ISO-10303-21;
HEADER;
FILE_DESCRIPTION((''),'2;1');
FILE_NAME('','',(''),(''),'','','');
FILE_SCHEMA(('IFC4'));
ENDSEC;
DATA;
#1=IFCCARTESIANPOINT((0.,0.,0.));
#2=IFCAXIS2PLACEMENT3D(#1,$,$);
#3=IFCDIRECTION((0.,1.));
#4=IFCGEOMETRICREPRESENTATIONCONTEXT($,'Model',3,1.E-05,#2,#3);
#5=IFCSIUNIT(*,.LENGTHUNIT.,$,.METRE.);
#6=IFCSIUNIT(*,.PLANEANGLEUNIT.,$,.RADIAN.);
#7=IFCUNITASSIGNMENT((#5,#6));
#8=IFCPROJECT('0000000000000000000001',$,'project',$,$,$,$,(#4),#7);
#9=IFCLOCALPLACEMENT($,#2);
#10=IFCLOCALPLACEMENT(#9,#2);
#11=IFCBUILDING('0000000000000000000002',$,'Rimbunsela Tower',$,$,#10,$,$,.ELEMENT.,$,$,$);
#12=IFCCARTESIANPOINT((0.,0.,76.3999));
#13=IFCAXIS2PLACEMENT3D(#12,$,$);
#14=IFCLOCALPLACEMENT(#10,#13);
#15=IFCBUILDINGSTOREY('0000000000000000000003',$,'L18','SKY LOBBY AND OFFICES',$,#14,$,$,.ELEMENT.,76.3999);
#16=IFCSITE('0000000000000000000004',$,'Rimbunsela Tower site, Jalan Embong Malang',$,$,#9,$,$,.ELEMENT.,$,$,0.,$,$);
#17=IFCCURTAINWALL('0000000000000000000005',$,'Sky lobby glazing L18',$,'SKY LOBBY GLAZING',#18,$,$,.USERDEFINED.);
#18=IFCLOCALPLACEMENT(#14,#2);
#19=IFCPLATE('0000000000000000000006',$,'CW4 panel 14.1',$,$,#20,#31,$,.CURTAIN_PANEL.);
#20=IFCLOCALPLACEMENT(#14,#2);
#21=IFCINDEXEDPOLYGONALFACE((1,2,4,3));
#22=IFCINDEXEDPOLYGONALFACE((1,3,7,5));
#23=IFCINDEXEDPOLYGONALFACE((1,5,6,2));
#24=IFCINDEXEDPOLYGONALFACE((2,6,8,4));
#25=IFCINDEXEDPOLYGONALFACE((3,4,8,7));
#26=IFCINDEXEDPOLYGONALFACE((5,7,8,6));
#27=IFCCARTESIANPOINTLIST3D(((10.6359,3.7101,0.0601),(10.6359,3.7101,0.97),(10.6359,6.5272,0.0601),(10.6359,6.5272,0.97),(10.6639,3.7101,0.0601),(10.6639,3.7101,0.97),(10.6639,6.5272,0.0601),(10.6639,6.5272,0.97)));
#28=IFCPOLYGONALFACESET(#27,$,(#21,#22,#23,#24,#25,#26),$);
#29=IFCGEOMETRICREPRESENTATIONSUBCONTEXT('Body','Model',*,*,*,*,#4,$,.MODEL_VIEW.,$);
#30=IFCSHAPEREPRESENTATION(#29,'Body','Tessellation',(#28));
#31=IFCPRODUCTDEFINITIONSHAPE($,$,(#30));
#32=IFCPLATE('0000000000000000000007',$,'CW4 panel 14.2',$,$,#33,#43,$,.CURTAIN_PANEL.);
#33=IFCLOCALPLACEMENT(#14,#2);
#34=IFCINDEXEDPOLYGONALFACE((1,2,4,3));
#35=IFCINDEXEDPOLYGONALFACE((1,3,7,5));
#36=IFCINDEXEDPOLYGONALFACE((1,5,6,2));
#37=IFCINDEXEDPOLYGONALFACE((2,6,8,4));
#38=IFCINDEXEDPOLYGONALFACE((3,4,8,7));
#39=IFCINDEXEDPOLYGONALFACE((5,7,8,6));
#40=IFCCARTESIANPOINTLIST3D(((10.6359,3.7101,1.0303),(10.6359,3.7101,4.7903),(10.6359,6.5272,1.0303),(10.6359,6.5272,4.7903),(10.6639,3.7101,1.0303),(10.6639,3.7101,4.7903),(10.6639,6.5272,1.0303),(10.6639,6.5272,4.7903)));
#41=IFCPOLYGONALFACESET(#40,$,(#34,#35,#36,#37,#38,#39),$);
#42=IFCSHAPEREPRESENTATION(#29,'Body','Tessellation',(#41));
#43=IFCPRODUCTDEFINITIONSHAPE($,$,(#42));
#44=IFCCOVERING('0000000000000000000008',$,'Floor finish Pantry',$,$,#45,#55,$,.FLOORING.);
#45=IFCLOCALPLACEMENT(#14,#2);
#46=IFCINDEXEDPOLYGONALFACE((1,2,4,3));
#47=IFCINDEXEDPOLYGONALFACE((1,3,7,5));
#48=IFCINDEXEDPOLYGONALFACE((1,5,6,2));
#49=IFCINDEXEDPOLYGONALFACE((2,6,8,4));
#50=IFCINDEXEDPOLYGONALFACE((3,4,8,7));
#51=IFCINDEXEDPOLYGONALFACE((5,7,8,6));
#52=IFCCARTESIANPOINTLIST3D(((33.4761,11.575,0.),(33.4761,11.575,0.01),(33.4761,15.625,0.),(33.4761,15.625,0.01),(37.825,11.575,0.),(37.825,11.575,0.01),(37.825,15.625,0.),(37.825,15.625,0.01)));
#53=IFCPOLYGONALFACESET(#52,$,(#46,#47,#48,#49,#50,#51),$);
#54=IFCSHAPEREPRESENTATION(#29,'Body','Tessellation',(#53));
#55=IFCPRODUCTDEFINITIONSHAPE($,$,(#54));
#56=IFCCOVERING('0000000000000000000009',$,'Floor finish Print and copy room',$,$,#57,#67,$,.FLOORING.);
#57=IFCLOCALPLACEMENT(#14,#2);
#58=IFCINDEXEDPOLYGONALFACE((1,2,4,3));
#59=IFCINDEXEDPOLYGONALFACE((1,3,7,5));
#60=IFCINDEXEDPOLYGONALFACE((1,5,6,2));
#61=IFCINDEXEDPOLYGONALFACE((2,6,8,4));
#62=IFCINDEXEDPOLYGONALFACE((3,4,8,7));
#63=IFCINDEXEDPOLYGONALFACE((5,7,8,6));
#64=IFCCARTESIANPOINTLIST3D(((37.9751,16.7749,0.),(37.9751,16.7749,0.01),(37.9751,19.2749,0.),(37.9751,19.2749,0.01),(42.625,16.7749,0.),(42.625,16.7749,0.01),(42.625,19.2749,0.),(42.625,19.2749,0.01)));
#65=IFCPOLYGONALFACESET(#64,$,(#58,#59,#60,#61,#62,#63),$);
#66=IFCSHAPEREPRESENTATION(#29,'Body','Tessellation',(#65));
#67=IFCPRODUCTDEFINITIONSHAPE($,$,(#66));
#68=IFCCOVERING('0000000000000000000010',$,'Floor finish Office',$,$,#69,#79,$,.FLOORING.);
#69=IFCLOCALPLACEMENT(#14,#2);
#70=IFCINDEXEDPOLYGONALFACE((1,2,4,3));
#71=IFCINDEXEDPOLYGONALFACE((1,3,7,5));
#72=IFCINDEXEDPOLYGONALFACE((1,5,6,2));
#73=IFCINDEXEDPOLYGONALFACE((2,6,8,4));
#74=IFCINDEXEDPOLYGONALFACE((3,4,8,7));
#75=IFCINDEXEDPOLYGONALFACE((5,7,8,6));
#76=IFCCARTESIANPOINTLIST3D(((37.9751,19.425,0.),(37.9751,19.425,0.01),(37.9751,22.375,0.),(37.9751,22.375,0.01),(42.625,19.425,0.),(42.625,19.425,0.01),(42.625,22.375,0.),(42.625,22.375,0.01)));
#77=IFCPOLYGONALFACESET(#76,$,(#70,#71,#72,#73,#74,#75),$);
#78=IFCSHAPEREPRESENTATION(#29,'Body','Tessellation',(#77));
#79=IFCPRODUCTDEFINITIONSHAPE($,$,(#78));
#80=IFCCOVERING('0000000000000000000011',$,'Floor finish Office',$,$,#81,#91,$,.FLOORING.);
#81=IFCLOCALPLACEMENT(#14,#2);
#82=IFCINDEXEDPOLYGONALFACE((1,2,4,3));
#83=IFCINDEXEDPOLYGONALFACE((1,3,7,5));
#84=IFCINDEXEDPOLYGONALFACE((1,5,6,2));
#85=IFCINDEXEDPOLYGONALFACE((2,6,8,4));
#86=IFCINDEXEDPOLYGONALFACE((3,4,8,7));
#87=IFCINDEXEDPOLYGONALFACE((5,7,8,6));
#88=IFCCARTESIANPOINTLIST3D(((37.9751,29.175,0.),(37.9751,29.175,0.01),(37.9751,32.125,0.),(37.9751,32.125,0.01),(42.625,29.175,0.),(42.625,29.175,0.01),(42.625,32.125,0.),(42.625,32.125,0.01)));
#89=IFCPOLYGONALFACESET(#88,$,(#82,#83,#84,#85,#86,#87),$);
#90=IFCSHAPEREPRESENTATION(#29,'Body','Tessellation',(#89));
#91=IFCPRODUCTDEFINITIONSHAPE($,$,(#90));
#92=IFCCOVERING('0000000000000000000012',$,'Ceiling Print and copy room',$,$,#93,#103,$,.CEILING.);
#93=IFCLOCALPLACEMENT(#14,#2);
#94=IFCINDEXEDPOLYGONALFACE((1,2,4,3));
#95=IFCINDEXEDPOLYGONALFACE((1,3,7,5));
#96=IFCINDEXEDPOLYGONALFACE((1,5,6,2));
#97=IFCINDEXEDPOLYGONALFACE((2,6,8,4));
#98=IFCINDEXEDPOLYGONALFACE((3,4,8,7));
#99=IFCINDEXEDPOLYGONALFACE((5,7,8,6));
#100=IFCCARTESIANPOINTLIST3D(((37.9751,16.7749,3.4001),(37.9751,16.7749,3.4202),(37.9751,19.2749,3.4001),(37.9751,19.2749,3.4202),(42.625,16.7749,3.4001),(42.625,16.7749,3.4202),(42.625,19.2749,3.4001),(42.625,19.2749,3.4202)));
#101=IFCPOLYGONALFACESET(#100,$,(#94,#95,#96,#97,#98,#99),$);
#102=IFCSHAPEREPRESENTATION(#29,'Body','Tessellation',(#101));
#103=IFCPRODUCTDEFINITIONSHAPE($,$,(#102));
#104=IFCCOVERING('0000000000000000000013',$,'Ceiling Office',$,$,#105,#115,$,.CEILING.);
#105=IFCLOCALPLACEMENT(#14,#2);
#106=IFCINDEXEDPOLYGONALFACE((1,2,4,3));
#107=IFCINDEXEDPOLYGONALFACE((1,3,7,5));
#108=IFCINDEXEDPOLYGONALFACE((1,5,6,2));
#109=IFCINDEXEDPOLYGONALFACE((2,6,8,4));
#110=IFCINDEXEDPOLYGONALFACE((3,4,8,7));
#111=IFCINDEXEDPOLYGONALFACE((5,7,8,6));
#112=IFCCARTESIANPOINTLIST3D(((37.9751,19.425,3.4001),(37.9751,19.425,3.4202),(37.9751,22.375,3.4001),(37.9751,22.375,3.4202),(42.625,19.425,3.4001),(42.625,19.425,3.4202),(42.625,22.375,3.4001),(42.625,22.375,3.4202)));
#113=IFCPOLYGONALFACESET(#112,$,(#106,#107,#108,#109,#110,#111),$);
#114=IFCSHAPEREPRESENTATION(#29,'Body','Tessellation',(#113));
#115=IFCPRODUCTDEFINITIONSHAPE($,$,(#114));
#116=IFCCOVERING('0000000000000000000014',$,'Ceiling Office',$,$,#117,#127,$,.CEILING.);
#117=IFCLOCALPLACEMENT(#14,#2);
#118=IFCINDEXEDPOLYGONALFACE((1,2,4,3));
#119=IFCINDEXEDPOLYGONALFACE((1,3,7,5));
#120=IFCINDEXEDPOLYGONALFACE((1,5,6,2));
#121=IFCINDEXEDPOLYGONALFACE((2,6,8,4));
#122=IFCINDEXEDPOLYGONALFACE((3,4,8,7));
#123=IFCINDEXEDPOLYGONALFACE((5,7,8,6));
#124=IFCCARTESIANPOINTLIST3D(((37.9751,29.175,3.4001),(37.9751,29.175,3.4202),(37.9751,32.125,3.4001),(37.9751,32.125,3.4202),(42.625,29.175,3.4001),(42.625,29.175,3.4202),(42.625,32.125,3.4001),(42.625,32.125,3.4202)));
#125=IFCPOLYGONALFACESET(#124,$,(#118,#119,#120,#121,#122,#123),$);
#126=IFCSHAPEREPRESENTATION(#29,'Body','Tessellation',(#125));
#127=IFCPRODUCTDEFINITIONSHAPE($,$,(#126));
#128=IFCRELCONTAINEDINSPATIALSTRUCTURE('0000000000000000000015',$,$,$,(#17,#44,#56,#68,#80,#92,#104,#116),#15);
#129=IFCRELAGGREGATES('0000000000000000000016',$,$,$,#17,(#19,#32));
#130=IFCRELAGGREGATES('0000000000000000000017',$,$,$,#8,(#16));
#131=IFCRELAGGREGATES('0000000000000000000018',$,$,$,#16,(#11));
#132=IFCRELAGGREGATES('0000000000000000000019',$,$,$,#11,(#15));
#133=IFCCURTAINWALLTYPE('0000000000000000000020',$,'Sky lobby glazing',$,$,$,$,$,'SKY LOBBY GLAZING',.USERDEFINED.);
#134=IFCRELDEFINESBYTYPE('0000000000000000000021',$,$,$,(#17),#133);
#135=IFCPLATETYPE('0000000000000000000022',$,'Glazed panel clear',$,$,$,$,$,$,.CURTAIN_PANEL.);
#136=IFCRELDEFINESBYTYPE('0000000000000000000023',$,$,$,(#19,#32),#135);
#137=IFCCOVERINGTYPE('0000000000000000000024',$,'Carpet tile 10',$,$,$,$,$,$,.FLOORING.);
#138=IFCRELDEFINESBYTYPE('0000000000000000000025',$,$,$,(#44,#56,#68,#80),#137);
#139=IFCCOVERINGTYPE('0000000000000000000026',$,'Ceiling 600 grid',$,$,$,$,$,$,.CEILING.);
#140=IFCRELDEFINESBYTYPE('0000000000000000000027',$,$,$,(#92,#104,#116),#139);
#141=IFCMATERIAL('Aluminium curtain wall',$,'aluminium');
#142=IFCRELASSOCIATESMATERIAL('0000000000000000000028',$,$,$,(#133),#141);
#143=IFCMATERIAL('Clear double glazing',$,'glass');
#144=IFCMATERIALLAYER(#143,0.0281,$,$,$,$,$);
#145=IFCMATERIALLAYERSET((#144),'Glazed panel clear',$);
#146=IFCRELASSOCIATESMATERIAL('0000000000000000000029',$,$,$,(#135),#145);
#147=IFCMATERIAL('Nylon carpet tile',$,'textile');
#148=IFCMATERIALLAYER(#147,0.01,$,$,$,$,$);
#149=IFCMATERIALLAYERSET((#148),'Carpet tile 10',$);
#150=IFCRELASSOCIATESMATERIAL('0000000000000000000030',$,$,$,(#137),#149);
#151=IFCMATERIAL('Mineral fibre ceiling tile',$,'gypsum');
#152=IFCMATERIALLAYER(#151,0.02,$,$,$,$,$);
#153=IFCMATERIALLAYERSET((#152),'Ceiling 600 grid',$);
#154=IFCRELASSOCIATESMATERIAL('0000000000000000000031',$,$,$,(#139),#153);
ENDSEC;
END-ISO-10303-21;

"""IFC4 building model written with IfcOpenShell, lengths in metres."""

from ifc_helpers import new_model, si_unit, direction, frame, origin, origin_2d, place, context, subcontext, project, spatial, polyline, rectangle, outline, extrude, material, layer, layer_set, type_object, element, aggregate, save


model = new_model("IFC4")

# Units and contexts
model_context = context("Model", 3, precision=1e-05, world=origin(), true_north=direction((0.0, 1.0)))
body_context = subcontext(model_context, "Body", "Model", "MODEL_VIEW")
ifc_project = project(units=[si_unit("LENGTHUNIT", "METRE"), si_unit("PLANEANGLEUNIT", "RADIAN")], contexts=[model_context])

# Site, building, storey
site_placement = place(None, origin())
site = spatial("IfcSite", under=ifc_project, at=site_placement, Name="Rimbunsela Tower site, Jalan Embong Malang", CompositionType="ELEMENT", RefElevation=0.0)
building_placement = place(site_placement, origin())
building = spatial("IfcBuilding", under=site, at=building_placement, Name="Rimbunsela Tower", CompositionType="ELEMENT")
storey_placement = place(building_placement, frame((0.0, 0.0, 76.3999)))
storey = spatial("IfcBuildingStorey", under=building, at=storey_placement, Name="L18", Description="SKY LOBBY AND OFFICES", CompositionType="ELEMENT", Elevation=76.3999)

# Curtain wall, plates
ifc_material_1 = material(Name="Aluminium curtain wall", Category="aluminium")
curtain_wall_type = type_object("IfcCurtainWallType", Name="Sky lobby glazing", ElementType="SKY LOBBY GLAZING", PredefinedType="USERDEFINED", material=ifc_material_1)
curtain_wall_placement = place(storey_placement, origin())
curtain_wall = element("IfcCurtainWall", 1, at=curtain_wall_placement, inside=storey, type_object=curtain_wall_type, Name="Sky lobby glazing L18", ObjectType="SKY LOBBY GLAZING", PredefinedType="USERDEFINED")
ifc_material_2 = material(Name="Clear double glazing", Category="glass")
ifc_layer_1 = layer(ifc_material_2, 0.0281)
ifc_layer_set_1 = layer_set([ifc_layer_1], Name="Glazed panel clear")
plate_type = type_object("IfcPlateType", Name="Glazed panel clear", PredefinedType="CURTAIN_PANEL", material=ifc_layer_set_1)
plate_1_placement = place(storey_placement, frame((10.6499, 5.1187, 0.0601), z_axis=(0.0, 0.0, 1.0), x_axis=(0.0, -1.0, 0.0)))
plate_1 = element("IfcPlate", 2, at=plate_1_placement, type_object=plate_type, Name="CW4 panel 14.1", PredefinedType="CURTAIN_PANEL", context=body_context, shape_type="SweptSolid", body=[
    extrude(rectangle(XDim=2.8171, YDim=0.0281, at=origin_2d()), origin(), (0.0, 0.0, 1.0), 0.9099),
])
plate_2_placement = place(storey_placement, frame((10.6499, 5.1187, 1.0303), z_axis=(0.0, 0.0, 1.0), x_axis=(0.0, -1.0, 0.0)))
plate_2 = element("IfcPlate", 3, at=plate_2_placement, type_object=plate_type, Name="CW4 panel 14.2", PredefinedType="CURTAIN_PANEL", context=body_context, shape_type="SweptSolid", body=[
    extrude(rectangle(XDim=2.8171, YDim=0.0281, at=origin_2d()), origin(), (0.0, 0.0, 1.0), 3.76),
])
aggregate(curtain_wall, [plate_1, plate_2])

# Coverings
ifc_material_3 = material(Name="Nylon carpet tile", Category="textile")
ifc_layer_2 = layer(ifc_material_3, 0.01)
ifc_layer_set_2 = layer_set([ifc_layer_2], Name="Carpet tile 10")
covering_type_1 = type_object("IfcCoveringType", Name="Carpet tile 10", PredefinedType="FLOORING", material=ifc_layer_set_2)
covering_1_placement = place(storey_placement, origin())
element("IfcCovering", 4, at=covering_1_placement, inside=storey, type_object=covering_type_1, Name="Floor finish Pantry", PredefinedType="FLOORING", context=body_context, shape_type="SweptSolid", body=[
    extrude(outline(polyline([(37.825, 11.575), (37.825, 15.625), (33.4761, 15.625), (33.4761, 11.575), (37.825, 11.575)])), origin(), (0.0, 0.0, 1.0), 0.01),
])
covering_2_placement = place(storey_placement, origin())
element("IfcCovering", 5, at=covering_2_placement, inside=storey, type_object=covering_type_1, Name="Floor finish Print and copy room", PredefinedType="FLOORING", context=body_context, shape_type="SweptSolid", body=[
    extrude(outline(polyline([(42.625, 16.7749), (42.625, 19.2749), (37.9751, 19.2749), (37.9751, 16.7749), (42.625, 16.7749)])), origin(), (0.0, 0.0, 1.0), 0.01),
])
covering_3_placement = place(storey_placement, origin())
element("IfcCovering", 6, at=covering_3_placement, inside=storey, type_object=covering_type_1, Name="Floor finish Office", PredefinedType="FLOORING", context=body_context, shape_type="SweptSolid", body=[
    extrude(outline(polyline([(42.625, 19.425), (42.625, 22.375), (37.9751, 22.375), (37.9751, 19.425), (42.625, 19.425)])), origin(), (0.0, 0.0, 1.0), 0.01),
])
covering_4_placement = place(storey_placement, origin())
element("IfcCovering", 7, at=covering_4_placement, inside=storey, type_object=covering_type_1, Name="Floor finish Office", PredefinedType="FLOORING", context=body_context, shape_type="SweptSolid", body=[
    extrude(outline(polyline([(42.625, 29.175), (42.625, 32.125), (37.9751, 32.125), (37.9751, 29.175), (42.625, 29.175)])), origin(), (0.0, 0.0, 1.0), 0.01),
])
ifc_material_4 = material(Name="Mineral fibre ceiling tile", Category="gypsum")
ifc_layer_3 = layer(ifc_material_4, 0.02)
ifc_layer_set_3 = layer_set([ifc_layer_3], Name="Ceiling 600 grid")
covering_type_2 = type_object("IfcCoveringType", Name="Ceiling 600 grid", PredefinedType="CEILING", material=ifc_layer_set_3)
covering_5_placement = place(storey_placement, frame((0.0, 0.0, 3.4001)))
element("IfcCovering", 8, at=covering_5_placement, inside=storey, type_object=covering_type_2, Name="Ceiling Print and copy room", PredefinedType="CEILING", context=body_context, shape_type="SweptSolid", body=[
    extrude(outline(polyline([(42.625, 16.7749), (42.625, 19.2749), (37.9751, 19.2749), (37.9751, 16.7749), (42.625, 16.7749)])), origin(), (0.0, 0.0, 1.0), 0.02),
])
covering_6_placement = place(storey_placement, frame((0.0, 0.0, 3.4001)))
element("IfcCovering", 9, at=covering_6_placement, inside=storey, type_object=covering_type_2, Name="Ceiling Office", PredefinedType="CEILING", context=body_context, shape_type="SweptSolid", body=[
    extrude(outline(polyline([(42.625, 19.425), (42.625, 22.375), (37.9751, 22.375), (37.9751, 19.425), (42.625, 19.425)])), origin(), (0.0, 0.0, 1.0), 0.02),
])
covering_7_placement = place(storey_placement, frame((0.0, 0.0, 3.4001)))
element("IfcCovering", 10, at=covering_7_placement, inside=storey, type_object=covering_type_2, Name="Ceiling Office", PredefinedType="CEILING", context=body_context, shape_type="SweptSolid", body=[
    extrude(outline(polyline([(42.625, 29.175), (42.625, 32.125), (37.9751, 32.125), (37.9751, 29.175), (42.625, 29.175)])), origin(), (0.0, 0.0, 1.0), 0.02),
])

save(model, "model.ifc")
